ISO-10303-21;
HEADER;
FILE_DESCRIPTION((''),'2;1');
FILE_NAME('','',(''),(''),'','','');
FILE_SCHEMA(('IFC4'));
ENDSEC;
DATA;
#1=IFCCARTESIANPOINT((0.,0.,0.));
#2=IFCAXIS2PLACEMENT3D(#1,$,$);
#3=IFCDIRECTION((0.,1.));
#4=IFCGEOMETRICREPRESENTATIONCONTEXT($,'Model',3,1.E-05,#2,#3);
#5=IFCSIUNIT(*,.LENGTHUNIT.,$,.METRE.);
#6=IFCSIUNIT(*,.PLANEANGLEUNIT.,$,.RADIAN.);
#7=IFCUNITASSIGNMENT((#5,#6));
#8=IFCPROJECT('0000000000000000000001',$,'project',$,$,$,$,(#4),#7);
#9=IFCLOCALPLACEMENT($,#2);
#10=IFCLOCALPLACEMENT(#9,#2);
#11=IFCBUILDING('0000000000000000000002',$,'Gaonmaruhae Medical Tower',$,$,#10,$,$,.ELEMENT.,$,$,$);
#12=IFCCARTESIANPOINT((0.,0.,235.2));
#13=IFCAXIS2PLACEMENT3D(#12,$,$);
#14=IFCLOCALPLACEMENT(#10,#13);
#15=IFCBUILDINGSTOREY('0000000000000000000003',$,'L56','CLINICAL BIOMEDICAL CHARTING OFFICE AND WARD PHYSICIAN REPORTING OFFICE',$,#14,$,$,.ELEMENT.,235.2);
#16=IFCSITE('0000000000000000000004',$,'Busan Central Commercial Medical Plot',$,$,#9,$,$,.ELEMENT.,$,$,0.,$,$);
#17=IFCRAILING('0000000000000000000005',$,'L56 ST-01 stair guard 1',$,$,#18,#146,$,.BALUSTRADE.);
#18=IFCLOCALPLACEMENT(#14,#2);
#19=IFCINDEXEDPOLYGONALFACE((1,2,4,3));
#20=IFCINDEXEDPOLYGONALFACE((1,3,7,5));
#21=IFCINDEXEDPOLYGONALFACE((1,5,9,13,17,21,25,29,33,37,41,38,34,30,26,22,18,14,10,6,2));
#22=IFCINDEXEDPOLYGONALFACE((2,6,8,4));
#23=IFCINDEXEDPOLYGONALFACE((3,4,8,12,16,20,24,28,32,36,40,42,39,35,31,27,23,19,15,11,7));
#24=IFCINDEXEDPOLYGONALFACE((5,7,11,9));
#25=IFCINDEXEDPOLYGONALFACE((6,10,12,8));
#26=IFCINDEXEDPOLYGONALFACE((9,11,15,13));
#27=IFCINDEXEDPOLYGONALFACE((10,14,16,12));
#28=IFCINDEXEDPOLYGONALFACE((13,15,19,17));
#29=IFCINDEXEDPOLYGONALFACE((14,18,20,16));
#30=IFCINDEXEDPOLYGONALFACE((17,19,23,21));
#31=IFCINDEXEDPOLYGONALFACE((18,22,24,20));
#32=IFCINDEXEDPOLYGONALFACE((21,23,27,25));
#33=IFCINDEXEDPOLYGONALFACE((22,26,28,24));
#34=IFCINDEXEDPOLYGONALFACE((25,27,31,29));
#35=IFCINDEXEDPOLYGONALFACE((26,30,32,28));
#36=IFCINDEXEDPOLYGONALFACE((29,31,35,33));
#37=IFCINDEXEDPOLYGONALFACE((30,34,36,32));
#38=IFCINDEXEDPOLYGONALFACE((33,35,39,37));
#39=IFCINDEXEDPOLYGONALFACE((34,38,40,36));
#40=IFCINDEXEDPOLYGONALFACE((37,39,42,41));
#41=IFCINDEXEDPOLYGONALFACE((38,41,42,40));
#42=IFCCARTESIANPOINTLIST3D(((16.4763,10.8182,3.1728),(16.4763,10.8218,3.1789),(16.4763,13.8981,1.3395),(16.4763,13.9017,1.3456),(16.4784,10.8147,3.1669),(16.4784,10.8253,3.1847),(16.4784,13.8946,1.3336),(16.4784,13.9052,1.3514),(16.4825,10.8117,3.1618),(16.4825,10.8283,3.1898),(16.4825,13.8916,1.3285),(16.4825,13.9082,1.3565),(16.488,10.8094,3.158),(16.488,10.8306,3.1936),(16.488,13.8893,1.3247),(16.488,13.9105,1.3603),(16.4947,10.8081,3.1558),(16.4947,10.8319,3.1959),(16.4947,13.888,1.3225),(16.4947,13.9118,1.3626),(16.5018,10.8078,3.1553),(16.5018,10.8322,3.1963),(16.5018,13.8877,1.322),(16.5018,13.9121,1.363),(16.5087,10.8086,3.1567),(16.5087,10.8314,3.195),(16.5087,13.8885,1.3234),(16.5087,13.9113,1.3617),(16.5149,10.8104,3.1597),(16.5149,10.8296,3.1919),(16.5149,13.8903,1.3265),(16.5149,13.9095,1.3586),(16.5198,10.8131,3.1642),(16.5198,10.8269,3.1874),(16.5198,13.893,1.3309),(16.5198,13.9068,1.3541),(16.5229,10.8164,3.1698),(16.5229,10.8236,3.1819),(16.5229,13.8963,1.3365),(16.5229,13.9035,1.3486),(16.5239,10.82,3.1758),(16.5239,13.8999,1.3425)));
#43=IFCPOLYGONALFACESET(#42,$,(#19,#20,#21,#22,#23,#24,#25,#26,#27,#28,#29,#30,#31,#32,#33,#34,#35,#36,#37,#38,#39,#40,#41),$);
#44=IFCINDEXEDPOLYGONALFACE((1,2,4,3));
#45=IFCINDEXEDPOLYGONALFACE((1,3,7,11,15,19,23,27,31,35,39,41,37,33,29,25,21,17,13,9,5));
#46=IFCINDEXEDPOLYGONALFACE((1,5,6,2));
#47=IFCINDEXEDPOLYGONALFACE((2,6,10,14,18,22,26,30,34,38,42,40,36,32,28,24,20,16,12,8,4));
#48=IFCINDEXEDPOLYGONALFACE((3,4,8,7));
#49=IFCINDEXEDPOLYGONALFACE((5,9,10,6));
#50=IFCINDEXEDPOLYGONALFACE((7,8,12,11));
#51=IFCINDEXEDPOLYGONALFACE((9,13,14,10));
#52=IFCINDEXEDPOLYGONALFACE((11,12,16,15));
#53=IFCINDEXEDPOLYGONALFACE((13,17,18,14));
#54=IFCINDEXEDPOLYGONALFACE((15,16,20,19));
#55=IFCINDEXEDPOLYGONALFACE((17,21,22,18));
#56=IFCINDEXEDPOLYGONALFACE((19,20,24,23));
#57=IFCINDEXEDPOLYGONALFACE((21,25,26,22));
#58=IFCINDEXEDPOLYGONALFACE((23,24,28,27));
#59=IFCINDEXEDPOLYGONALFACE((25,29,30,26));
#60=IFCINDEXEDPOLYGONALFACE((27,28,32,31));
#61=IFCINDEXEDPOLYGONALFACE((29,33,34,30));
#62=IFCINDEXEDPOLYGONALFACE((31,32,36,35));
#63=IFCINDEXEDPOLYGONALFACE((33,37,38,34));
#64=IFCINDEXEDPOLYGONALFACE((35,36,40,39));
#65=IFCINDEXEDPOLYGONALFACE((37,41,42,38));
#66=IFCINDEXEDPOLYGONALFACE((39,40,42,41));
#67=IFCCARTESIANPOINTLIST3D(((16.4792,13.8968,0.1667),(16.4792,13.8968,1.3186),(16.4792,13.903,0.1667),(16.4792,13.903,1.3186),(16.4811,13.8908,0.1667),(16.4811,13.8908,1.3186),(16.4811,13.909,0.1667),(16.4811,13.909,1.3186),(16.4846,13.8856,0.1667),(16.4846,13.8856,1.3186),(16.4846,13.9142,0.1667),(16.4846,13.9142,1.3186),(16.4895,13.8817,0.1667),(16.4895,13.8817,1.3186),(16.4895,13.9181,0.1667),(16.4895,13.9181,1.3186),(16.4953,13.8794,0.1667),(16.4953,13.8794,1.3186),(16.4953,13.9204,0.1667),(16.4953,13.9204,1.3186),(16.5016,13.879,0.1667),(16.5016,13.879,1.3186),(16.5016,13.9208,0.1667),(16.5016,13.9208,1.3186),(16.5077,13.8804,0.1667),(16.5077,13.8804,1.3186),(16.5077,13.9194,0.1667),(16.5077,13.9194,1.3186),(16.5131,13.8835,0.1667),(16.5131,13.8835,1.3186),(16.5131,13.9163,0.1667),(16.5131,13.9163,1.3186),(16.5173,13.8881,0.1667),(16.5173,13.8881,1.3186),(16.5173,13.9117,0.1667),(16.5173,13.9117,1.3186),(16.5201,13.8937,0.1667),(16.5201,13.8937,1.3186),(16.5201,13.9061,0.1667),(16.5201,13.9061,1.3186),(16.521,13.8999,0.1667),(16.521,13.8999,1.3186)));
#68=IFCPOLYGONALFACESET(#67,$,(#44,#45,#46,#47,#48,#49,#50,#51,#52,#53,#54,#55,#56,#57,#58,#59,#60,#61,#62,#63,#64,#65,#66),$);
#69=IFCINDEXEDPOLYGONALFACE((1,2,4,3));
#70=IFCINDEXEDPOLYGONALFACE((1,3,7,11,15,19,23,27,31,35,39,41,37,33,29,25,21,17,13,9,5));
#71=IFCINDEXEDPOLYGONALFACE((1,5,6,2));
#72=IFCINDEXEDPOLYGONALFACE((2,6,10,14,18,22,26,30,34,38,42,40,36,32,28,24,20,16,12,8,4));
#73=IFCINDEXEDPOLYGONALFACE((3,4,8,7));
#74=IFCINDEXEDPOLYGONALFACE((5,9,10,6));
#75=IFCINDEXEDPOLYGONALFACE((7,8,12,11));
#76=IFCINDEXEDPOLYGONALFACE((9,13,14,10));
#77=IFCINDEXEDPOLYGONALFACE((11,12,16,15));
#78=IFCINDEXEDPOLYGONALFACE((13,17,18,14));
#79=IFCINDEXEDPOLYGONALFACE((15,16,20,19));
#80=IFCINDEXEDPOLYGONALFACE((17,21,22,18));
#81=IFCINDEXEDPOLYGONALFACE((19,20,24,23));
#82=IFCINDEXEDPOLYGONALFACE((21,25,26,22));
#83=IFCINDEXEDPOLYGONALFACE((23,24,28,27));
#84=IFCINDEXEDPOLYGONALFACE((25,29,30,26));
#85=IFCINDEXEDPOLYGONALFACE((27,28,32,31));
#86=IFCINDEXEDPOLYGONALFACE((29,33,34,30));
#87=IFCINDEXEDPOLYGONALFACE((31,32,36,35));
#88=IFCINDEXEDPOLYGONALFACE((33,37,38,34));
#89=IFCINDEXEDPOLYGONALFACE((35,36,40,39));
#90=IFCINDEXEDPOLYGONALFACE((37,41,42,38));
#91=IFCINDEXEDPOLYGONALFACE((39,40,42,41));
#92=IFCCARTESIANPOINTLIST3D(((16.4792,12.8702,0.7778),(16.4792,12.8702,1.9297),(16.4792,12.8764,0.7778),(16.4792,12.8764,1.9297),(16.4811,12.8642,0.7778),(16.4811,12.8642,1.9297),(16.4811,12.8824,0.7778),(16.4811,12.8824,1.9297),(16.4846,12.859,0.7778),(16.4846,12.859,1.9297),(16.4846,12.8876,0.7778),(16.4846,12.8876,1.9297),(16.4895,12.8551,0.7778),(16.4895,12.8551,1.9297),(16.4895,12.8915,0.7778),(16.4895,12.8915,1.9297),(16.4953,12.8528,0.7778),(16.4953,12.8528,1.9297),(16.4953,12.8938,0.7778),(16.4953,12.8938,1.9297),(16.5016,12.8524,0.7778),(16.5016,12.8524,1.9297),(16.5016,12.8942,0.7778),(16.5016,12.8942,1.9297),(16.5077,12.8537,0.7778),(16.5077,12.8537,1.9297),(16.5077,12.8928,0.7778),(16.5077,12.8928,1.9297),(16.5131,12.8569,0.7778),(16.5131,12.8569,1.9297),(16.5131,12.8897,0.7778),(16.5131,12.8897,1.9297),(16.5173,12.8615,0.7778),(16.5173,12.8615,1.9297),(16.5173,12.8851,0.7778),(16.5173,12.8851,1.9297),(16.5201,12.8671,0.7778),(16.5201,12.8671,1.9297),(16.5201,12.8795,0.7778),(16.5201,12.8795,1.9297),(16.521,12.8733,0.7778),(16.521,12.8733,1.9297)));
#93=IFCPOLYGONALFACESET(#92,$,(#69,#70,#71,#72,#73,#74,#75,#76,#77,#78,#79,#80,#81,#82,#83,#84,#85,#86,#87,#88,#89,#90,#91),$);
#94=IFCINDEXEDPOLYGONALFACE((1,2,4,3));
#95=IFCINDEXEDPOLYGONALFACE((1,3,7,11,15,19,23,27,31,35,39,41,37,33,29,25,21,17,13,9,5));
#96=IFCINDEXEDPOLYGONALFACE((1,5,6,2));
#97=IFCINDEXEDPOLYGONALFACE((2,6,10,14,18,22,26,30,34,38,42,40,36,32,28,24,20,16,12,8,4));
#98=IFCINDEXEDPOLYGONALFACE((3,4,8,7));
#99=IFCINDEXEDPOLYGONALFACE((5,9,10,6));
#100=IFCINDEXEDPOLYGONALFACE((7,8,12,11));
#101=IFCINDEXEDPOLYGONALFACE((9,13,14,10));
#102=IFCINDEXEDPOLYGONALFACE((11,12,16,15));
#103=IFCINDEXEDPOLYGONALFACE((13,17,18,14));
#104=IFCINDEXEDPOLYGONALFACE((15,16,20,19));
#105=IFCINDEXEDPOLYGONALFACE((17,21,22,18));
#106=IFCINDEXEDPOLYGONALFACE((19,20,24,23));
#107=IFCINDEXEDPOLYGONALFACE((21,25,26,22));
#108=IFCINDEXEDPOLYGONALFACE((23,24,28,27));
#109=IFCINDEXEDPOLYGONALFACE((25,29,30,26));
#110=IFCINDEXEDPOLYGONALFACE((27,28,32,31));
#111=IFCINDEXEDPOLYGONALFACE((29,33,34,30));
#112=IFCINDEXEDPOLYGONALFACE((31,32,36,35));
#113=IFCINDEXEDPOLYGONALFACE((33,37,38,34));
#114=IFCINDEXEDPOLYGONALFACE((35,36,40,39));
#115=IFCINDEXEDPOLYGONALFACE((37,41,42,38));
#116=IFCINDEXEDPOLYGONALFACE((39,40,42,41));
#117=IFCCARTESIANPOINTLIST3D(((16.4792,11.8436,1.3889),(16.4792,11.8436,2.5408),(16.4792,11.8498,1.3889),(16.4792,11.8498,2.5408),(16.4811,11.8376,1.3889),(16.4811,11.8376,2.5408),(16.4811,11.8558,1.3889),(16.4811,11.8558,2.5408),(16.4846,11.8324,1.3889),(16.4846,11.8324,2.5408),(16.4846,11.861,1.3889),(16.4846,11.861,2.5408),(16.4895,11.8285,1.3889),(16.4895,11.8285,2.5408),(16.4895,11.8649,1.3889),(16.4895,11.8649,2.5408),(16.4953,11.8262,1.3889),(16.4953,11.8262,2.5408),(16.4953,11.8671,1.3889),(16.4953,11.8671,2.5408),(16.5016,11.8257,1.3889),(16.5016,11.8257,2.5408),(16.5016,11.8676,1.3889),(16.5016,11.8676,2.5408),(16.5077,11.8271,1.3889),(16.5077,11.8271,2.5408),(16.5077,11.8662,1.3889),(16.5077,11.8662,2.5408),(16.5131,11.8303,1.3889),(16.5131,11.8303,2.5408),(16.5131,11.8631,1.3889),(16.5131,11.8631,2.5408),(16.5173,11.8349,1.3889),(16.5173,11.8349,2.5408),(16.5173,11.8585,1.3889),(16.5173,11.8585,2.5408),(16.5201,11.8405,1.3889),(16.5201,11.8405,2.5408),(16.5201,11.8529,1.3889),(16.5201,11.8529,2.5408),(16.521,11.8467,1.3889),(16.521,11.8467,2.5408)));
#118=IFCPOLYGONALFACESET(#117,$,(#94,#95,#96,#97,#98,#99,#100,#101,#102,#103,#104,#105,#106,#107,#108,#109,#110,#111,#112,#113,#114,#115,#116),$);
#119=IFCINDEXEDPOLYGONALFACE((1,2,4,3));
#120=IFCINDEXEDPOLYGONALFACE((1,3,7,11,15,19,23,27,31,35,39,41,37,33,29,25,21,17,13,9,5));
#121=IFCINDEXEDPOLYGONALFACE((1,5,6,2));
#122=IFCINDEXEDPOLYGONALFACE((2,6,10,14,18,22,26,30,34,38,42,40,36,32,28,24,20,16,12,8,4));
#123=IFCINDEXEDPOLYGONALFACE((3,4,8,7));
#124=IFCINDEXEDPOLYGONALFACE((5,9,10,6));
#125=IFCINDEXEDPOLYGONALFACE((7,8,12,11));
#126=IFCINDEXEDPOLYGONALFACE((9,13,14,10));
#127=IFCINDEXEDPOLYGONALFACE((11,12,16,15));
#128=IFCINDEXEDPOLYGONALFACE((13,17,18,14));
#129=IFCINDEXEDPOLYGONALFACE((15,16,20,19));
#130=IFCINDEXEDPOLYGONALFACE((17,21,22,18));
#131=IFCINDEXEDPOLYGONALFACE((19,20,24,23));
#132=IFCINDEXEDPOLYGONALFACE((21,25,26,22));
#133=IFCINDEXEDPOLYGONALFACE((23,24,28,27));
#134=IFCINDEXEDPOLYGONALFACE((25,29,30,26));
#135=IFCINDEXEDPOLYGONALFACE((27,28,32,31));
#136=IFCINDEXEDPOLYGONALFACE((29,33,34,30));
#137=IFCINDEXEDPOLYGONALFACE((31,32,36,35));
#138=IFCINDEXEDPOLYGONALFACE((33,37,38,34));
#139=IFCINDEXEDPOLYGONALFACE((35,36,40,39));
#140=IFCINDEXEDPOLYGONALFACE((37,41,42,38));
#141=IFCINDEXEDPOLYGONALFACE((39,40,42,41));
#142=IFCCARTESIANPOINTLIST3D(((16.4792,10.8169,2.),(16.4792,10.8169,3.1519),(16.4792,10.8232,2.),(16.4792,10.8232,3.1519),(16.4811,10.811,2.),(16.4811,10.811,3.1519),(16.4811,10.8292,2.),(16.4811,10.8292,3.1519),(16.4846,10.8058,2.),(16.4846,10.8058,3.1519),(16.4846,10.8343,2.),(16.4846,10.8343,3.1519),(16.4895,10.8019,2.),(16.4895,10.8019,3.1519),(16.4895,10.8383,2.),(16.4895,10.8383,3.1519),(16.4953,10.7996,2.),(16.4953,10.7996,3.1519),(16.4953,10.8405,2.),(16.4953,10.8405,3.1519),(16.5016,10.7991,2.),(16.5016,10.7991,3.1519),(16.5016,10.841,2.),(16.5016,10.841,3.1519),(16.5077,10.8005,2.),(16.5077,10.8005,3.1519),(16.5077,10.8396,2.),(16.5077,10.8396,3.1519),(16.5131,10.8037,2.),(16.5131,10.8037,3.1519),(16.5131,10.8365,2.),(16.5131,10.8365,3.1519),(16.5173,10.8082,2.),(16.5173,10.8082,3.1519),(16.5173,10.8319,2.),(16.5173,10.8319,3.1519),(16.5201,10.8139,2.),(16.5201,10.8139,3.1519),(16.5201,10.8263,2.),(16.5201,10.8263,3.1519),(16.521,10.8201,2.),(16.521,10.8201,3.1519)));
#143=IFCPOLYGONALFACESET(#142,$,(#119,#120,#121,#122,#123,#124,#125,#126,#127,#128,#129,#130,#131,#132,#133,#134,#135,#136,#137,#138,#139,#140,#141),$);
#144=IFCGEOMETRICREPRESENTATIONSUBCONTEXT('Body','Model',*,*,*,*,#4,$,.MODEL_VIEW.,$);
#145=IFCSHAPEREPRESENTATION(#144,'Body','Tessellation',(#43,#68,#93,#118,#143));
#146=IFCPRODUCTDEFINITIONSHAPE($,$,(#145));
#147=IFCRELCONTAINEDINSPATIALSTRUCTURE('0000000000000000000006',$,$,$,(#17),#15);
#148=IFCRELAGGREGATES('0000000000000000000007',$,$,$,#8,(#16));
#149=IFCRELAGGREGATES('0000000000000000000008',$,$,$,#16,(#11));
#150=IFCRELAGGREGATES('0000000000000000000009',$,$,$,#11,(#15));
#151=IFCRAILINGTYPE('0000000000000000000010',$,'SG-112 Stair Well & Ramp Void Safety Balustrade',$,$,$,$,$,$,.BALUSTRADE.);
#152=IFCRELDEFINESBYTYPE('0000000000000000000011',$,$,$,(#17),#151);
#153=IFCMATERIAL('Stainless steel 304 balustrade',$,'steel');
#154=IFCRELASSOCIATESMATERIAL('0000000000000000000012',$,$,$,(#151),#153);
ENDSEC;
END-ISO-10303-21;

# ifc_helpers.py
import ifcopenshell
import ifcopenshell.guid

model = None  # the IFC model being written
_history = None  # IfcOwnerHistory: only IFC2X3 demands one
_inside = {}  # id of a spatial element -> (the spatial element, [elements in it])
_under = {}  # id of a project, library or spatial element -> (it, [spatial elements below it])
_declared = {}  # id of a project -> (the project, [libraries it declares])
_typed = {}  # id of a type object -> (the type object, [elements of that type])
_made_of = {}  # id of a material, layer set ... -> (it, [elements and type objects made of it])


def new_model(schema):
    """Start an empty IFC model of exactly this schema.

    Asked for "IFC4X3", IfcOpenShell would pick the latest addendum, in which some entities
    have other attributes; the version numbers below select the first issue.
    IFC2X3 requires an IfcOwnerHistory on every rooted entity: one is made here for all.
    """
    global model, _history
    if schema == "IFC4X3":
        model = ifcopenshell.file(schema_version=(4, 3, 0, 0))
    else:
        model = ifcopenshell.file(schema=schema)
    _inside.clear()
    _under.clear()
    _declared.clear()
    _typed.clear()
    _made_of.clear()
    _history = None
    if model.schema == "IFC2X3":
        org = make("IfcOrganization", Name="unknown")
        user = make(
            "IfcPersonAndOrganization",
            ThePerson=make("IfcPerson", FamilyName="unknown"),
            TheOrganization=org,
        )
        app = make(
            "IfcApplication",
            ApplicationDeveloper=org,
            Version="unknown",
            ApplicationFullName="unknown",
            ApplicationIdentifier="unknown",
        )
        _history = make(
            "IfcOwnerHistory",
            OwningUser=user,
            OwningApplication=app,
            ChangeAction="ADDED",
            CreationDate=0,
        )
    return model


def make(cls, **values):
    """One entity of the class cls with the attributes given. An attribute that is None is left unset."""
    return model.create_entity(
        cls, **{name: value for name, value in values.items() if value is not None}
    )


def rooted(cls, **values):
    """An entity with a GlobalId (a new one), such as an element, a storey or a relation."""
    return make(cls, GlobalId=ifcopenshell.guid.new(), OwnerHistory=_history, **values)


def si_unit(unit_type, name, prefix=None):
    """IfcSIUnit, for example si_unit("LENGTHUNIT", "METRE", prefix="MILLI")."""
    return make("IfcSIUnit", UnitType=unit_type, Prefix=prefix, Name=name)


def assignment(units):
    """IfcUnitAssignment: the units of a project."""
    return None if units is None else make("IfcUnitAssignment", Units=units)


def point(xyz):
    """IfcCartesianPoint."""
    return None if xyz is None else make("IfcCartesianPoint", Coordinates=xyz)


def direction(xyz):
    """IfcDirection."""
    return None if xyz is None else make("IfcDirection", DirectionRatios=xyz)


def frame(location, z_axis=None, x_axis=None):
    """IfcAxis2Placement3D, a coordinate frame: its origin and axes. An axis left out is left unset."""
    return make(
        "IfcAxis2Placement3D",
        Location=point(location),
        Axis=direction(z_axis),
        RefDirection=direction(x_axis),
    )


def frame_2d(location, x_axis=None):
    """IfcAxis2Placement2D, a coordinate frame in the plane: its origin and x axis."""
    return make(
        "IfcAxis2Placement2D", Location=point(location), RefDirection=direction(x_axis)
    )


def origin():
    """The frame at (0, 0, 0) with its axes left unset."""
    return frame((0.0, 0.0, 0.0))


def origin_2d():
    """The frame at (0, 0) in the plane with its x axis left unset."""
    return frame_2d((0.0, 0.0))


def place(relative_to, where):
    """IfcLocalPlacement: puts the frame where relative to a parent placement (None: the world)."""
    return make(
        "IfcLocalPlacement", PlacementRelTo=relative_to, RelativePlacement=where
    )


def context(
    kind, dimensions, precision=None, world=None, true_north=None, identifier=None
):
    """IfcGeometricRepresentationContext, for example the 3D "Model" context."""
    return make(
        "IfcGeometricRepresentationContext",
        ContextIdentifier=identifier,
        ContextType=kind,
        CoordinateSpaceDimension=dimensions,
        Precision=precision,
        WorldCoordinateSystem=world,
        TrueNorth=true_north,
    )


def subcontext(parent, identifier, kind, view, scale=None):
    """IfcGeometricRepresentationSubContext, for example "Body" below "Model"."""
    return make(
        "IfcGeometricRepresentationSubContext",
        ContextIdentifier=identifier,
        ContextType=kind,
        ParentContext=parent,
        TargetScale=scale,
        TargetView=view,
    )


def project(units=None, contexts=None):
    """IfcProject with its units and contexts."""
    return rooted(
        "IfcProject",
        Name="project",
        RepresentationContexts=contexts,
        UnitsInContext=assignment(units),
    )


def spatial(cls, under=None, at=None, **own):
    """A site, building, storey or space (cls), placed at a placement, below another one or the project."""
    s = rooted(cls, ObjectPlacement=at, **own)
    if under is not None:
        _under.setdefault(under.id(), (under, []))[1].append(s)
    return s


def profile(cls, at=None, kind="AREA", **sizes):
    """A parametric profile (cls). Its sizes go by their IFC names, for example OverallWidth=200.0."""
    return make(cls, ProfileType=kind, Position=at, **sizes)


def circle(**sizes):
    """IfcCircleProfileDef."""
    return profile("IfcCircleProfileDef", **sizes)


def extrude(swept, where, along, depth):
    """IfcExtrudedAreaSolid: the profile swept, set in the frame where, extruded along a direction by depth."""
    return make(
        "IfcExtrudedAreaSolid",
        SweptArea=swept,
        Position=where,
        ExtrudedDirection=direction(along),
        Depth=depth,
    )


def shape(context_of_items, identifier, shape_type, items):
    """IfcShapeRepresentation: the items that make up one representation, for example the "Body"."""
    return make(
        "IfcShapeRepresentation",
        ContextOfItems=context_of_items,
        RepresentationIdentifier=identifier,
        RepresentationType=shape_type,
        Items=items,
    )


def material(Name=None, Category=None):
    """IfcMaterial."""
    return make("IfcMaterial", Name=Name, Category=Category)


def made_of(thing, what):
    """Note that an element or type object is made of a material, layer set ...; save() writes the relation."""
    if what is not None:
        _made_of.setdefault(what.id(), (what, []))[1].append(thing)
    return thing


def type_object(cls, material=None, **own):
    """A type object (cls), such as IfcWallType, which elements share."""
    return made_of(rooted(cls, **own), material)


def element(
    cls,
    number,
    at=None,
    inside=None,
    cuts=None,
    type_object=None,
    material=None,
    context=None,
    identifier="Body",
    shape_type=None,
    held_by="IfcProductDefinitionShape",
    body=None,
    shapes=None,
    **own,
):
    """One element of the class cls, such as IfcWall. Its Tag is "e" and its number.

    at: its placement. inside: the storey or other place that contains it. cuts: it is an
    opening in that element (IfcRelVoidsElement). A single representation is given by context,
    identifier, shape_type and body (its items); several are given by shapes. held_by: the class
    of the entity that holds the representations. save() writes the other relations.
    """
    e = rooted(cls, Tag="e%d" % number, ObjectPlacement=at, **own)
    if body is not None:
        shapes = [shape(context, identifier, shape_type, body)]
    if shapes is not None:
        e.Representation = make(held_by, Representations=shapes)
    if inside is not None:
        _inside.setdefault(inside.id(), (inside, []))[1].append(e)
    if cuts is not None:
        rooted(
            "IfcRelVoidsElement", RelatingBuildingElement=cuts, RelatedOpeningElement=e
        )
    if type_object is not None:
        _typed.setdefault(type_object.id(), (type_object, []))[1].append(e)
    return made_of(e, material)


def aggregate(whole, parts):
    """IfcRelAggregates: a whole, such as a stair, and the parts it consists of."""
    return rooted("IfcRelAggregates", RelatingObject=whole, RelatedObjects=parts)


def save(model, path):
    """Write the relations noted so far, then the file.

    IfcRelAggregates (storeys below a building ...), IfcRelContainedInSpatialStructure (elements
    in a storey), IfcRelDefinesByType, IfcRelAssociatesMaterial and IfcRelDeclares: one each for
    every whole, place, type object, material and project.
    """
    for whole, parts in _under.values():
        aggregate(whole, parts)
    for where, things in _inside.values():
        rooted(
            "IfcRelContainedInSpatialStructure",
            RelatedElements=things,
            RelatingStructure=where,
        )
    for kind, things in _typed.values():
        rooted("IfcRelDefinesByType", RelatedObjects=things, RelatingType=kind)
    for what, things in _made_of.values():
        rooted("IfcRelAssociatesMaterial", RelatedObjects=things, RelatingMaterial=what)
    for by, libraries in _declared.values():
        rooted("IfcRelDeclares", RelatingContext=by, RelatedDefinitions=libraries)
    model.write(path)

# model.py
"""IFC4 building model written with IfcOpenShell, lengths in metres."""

from ifc_helpers import new_model, si_unit, direction, frame, origin, origin_2d, place, context, subcontext, project, spatial, circle, extrude, material, type_object, element, save


model = new_model("IFC4")

# Units and contexts
model_context = context("Model", 3, precision=1e-05, world=origin(), true_north=direction((0.0, 1.0)))
body_context = subcontext(model_context, "Body", "Model", "MODEL_VIEW")
ifc_project = project(units=[si_unit("LENGTHUNIT", "METRE"), si_unit("PLANEANGLEUNIT", "RADIAN")], contexts=[model_context])

# Site, building, storey
site_placement = place(None, origin())
site = spatial("IfcSite", under=ifc_project, at=site_placement, Name="Busan Central Commercial Medical Plot", CompositionType="ELEMENT", RefElevation=0.0)
building_placement = place(site_placement, origin())
building = spatial("IfcBuilding", under=site, at=building_placement, Name="Gaonmaruhae Medical Tower", CompositionType="ELEMENT")
storey_placement = place(building_placement, frame((0.0, 0.0, 235.2)))
storey = spatial("IfcBuildingStorey", under=building, at=storey_placement, Name="L56", Description="CLINICAL BIOMEDICAL CHARTING OFFICE AND WARD PHYSICIAN REPORTING OFFICE", CompositionType="ELEMENT", Elevation=235.2)

# Railing
ifc_material_1 = material(Name="Stainless steel 304 balustrade", Category="steel")
railing_type_1 = type_object("IfcRailingType", Name="SG-112 Stair Well & Ramp Void Safety Balustrade", PredefinedType="BALUSTRADE", material=ifc_material_1)
railing_1_placement = place(storey_placement, frame((16.5, 13.8999, 0.1667)))
element("IfcRailing", 1, at=railing_1_placement, inside=storey, type_object=railing_type_1, Name="L56 ST-01 stair guard 1", PredefinedType="BALUSTRADE", context=body_context, shape_type="SweptSolid", body=[
    extrude(circle(Radius=0.0239, at=origin_2d()), frame((0.0, 0.0, 1.1758), z_axis=(0.0, -0.859291, 0.511487), x_axis=(1.0, 0.0, 0.0)), (0.0, 0.0, 1.0), 3.5842),
    extrude(circle(Radius=0.021, at=origin_2d()), origin(), (0.0, 0.0, 1.0), 1.1519),
    extrude(circle(Radius=0.021, at=origin_2d()), frame((0.0, -1.0266, 0.6111)), (0.0, 0.0, 1.0), 1.1519),
    extrude(circle(Radius=0.021, at=origin_2d()), frame((0.0, -2.0532, 1.2222)), (0.0, 0.0, 1.0), 1.1519),
    extrude(circle(Radius=0.021, at=origin_2d()), frame((0.0, -3.0798, 1.8333)), (0.0, 0.0, 1.0), 1.1519),
])

save(model, "model.ifc")
